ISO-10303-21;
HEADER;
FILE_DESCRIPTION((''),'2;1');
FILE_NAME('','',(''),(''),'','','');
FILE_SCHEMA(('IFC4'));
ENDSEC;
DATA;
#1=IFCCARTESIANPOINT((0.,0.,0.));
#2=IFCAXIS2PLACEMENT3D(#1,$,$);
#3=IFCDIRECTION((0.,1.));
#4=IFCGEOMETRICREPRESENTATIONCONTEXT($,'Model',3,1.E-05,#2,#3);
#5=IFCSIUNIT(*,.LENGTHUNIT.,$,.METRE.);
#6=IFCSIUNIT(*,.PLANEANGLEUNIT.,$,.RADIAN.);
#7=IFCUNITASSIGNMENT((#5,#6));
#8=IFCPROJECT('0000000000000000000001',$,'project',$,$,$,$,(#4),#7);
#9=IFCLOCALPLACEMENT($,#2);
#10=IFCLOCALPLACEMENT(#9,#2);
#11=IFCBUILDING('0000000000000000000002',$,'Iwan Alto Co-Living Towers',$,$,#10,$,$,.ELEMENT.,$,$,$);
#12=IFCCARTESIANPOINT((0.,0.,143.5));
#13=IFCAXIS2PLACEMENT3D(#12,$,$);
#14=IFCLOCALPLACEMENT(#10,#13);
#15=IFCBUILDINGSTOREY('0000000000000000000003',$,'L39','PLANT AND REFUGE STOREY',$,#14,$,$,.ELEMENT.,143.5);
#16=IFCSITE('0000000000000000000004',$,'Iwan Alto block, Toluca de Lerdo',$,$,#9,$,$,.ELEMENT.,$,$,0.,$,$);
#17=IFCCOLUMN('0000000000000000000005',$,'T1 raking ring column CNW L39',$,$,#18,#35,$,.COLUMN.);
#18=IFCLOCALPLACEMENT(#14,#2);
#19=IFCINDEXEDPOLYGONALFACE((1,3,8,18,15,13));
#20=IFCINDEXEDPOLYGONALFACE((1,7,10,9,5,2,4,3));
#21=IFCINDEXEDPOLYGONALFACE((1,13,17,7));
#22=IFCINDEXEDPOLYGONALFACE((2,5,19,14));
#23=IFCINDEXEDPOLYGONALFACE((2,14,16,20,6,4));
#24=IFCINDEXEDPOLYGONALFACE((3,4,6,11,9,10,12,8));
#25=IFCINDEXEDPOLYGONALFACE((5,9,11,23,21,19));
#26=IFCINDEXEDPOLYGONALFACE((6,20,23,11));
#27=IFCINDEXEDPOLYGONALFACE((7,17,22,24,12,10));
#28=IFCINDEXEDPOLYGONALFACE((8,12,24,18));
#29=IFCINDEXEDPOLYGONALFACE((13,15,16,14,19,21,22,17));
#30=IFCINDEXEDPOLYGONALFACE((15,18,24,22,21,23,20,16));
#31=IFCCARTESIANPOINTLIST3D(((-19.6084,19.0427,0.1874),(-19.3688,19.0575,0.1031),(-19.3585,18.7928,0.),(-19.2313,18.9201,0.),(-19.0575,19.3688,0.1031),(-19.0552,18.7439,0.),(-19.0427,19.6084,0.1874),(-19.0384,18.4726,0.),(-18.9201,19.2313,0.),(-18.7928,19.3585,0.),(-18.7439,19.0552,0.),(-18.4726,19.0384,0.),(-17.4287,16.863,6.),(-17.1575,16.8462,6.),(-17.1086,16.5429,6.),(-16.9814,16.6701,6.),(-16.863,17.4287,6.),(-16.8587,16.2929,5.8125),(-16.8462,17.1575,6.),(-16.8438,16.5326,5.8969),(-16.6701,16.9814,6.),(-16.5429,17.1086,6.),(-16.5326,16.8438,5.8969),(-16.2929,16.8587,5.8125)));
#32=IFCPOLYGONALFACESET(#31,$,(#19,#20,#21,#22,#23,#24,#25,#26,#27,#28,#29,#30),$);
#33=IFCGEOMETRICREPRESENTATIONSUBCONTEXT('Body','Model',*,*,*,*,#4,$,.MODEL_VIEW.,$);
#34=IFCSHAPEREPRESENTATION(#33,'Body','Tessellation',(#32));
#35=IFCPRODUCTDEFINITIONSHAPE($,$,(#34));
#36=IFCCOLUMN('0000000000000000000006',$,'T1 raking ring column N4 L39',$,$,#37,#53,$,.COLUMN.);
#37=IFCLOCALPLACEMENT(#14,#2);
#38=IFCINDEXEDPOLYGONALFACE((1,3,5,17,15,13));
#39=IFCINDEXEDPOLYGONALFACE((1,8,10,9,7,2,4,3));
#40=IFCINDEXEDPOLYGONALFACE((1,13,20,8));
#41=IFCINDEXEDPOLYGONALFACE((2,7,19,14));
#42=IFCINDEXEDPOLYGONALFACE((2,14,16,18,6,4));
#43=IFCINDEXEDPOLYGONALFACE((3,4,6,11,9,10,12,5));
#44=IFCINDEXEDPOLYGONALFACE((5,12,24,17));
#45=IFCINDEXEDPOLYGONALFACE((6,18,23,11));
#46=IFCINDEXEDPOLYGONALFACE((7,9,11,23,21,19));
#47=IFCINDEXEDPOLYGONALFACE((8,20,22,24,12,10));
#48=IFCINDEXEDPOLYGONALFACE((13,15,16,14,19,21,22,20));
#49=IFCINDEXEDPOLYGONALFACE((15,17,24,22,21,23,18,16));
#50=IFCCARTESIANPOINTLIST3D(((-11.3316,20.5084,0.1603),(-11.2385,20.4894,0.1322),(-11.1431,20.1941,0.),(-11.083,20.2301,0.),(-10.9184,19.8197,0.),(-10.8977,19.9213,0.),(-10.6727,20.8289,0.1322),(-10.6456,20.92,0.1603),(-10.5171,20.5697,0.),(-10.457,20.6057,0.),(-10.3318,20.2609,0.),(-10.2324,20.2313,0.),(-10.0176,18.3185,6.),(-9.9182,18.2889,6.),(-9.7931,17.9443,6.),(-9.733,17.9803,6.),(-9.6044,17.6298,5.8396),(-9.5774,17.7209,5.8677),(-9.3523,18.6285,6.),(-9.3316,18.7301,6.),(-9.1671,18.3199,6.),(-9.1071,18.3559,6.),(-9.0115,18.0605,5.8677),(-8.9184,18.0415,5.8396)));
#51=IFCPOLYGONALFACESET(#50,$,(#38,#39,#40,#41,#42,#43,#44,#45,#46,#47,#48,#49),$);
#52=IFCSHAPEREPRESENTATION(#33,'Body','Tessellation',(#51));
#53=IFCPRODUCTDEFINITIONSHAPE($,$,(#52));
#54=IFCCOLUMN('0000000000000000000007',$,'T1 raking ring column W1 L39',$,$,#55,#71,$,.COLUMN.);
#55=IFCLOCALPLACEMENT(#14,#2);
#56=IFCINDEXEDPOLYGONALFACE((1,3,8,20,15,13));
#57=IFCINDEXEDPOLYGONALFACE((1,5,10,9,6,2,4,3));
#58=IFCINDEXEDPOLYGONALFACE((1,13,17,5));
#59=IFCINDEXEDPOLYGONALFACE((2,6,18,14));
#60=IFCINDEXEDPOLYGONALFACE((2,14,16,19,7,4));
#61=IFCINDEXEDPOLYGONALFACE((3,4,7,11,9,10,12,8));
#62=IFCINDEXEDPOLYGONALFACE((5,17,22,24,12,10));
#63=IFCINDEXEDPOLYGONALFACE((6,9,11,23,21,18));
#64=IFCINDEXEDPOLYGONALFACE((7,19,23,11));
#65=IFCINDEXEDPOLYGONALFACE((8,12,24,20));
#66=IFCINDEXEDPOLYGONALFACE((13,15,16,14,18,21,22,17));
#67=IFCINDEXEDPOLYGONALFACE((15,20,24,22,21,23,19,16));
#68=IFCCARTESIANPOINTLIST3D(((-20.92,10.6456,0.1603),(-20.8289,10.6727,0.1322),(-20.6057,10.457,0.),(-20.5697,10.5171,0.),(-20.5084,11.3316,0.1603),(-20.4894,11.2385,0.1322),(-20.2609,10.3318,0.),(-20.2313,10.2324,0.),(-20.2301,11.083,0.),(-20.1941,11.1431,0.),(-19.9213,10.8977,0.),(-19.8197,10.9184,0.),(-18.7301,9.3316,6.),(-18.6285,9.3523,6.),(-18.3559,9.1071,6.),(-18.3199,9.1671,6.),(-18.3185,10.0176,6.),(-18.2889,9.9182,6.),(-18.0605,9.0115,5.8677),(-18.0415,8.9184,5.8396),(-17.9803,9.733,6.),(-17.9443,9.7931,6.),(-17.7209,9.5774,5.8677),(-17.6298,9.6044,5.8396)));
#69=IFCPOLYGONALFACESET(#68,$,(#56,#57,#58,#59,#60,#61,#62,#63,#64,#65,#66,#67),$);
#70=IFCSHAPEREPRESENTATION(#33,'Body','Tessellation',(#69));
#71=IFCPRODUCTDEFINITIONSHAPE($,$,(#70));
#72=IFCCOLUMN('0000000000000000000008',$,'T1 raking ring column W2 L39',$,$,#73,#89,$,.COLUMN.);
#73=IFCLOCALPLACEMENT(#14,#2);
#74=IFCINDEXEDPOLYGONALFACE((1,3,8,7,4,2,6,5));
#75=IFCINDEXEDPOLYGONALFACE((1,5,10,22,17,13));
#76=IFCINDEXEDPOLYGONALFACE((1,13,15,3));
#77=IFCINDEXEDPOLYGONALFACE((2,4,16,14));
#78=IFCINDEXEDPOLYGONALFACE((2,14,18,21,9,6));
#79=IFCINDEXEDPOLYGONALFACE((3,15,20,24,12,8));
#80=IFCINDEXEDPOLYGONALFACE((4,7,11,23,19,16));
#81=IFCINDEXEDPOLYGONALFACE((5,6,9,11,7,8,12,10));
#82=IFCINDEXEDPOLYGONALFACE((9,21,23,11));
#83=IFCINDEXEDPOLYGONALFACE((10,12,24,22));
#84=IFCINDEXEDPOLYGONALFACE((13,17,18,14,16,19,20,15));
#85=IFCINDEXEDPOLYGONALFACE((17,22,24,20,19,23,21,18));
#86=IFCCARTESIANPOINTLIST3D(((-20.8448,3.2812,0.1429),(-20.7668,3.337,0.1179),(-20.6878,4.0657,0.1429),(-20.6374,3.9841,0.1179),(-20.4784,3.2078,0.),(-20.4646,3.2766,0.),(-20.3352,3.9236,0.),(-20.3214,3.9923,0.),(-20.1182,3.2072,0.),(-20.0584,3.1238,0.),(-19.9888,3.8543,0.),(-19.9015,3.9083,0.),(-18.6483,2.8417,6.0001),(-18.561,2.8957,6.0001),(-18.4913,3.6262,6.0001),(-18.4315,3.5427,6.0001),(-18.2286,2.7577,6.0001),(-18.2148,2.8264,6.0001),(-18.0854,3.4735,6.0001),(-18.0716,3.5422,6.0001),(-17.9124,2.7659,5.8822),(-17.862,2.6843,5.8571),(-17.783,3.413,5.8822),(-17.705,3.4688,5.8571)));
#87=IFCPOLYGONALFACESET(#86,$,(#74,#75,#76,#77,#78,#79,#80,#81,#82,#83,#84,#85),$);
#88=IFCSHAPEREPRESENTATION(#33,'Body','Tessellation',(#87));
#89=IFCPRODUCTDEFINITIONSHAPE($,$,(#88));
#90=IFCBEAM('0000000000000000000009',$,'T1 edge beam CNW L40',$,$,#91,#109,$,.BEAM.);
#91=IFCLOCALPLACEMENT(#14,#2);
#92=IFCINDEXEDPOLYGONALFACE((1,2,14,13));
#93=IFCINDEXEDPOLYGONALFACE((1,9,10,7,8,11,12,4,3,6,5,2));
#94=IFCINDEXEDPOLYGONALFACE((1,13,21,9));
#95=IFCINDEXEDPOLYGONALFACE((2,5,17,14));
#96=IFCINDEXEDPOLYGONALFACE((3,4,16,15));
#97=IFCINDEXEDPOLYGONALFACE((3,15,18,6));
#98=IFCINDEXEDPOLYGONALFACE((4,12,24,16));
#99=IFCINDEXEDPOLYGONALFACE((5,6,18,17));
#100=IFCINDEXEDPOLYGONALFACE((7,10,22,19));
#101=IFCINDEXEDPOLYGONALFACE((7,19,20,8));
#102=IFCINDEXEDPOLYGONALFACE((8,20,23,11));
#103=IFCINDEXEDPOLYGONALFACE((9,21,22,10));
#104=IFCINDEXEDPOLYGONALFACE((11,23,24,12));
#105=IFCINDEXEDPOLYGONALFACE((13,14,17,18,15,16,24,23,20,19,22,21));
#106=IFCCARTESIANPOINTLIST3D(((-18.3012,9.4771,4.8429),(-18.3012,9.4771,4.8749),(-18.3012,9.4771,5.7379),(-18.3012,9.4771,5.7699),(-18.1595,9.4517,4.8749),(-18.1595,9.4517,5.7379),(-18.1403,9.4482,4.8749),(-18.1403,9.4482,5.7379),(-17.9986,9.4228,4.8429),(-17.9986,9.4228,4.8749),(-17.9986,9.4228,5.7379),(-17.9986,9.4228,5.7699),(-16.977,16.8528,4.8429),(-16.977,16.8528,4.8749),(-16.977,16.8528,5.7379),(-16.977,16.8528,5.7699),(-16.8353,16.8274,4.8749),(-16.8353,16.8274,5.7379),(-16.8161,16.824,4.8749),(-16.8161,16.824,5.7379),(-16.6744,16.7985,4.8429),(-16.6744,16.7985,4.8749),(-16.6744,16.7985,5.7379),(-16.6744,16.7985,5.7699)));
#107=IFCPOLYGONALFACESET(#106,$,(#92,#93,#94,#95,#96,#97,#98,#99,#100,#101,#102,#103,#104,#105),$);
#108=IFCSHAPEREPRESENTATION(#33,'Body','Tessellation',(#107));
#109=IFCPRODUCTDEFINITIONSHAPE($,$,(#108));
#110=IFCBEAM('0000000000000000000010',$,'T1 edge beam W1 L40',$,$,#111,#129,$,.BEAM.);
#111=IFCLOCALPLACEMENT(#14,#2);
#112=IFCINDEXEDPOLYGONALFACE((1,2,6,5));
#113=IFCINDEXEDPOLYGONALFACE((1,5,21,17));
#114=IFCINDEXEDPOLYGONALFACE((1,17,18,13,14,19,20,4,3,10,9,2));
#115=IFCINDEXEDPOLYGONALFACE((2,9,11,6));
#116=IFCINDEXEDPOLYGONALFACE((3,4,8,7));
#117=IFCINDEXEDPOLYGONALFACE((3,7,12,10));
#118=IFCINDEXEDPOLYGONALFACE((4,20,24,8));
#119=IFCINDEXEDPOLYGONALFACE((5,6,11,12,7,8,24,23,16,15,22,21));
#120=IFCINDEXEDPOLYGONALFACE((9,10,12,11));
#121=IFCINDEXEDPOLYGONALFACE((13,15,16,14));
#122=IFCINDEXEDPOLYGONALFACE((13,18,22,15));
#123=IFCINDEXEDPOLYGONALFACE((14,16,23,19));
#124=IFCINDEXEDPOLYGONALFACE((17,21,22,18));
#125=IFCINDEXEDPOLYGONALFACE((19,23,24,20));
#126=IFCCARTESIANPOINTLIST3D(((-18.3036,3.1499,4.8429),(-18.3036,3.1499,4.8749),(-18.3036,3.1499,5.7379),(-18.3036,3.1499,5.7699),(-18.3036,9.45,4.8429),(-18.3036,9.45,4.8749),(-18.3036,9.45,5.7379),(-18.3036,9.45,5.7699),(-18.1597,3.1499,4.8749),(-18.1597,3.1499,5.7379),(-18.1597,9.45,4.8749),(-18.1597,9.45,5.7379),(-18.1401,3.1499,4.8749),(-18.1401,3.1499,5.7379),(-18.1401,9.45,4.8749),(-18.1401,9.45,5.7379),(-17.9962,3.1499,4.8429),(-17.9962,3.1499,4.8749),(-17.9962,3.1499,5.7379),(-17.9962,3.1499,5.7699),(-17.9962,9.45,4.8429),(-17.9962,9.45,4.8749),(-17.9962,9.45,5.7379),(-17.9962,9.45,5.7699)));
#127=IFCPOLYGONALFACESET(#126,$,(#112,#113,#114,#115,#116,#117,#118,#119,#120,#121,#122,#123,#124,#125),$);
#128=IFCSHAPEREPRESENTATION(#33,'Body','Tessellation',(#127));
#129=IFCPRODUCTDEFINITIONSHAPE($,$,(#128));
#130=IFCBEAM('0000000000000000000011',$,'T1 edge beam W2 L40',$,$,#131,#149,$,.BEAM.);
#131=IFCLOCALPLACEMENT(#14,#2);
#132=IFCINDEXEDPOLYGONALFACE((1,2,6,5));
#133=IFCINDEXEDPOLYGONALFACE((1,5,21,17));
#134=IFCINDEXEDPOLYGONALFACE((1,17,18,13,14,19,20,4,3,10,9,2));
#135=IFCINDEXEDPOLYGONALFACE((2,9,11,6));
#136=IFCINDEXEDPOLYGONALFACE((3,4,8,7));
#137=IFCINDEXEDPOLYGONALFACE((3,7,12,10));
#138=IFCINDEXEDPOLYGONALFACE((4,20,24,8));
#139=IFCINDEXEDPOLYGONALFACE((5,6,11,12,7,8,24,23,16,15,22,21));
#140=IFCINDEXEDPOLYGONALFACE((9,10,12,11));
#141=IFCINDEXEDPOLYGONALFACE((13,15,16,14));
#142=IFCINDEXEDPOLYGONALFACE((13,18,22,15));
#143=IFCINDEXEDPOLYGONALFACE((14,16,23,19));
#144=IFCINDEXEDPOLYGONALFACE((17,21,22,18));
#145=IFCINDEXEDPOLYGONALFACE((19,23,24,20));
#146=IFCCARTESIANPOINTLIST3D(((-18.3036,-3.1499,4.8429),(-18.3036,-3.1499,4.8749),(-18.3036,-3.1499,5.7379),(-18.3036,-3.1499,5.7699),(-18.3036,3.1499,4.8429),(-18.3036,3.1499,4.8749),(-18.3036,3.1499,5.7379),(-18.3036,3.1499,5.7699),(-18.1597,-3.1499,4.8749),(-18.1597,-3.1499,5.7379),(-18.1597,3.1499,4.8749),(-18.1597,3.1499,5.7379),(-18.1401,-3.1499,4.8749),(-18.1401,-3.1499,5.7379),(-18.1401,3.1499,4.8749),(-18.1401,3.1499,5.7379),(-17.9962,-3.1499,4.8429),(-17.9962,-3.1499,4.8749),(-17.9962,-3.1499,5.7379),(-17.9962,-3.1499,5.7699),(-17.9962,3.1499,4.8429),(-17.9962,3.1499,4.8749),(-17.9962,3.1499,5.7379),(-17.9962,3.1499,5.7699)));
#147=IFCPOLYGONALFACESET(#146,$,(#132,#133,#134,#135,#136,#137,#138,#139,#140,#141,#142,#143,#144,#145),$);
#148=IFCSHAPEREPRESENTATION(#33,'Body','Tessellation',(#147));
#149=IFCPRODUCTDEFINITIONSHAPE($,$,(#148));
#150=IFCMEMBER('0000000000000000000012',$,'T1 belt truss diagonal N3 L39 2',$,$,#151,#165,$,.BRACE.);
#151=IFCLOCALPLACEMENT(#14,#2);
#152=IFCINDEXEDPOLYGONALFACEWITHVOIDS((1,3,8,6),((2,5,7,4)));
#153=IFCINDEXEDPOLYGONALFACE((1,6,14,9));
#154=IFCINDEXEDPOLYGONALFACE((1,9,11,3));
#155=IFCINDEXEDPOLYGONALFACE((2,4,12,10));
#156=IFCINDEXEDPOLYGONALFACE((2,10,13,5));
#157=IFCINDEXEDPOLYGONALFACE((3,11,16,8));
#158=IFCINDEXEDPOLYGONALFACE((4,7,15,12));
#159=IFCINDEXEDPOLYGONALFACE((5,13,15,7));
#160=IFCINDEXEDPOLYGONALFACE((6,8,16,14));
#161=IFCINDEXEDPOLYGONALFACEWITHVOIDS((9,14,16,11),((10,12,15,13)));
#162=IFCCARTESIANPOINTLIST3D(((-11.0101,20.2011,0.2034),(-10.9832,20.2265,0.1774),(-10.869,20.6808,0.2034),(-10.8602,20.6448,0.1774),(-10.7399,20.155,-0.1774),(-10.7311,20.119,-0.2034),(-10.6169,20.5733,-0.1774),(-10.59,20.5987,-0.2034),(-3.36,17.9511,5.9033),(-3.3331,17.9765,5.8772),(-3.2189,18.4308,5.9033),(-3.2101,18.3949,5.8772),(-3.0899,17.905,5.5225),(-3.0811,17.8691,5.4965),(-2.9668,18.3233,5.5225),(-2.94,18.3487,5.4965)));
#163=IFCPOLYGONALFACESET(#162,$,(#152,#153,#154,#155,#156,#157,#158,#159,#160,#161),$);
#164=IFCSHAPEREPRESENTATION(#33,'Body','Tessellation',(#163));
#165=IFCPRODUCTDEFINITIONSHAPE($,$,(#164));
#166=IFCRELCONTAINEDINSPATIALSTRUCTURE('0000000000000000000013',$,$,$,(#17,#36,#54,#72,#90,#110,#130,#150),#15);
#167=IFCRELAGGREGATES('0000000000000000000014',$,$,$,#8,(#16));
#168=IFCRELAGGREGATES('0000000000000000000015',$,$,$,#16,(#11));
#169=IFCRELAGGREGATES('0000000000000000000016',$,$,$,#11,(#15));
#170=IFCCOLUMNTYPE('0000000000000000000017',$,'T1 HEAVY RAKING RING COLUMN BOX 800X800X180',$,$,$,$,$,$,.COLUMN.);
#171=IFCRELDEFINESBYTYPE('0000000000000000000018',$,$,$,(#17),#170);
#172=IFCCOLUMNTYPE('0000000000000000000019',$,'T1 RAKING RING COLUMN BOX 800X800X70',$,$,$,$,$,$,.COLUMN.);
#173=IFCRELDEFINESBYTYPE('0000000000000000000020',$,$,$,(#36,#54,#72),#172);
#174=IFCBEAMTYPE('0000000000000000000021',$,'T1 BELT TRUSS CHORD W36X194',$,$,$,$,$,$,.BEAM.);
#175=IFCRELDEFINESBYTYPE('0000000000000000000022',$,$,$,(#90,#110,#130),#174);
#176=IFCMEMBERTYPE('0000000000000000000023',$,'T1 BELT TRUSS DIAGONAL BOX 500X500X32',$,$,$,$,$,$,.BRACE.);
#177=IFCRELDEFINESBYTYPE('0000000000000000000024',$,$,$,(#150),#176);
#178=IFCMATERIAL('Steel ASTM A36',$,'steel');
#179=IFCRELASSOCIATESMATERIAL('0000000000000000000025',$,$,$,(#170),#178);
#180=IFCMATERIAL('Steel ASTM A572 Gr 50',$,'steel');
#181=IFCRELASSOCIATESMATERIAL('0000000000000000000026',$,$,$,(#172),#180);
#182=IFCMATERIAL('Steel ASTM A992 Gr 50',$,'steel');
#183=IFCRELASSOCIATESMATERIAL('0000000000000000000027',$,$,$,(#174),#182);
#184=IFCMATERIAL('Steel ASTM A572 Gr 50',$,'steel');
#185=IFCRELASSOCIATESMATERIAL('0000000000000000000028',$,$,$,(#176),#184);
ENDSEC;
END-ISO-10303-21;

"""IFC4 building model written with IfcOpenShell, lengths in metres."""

from ifc_helpers import new_model, si_unit, direction, frame, origin, origin_2d, place, context, subcontext, project, spatial, hollow_rectangle, i_section, extrude, clip, halfspace, material, material_profile, profile_set, type_object, element, save


model = new_model("IFC4")

# Units and contexts
model_context = context("Model", 3, precision=1e-05, world=origin(), true_north=direction((0.0, 1.0)))
body_context = subcontext(model_context, "Body", "Model", "MODEL_VIEW")
ifc_project = project(units=[si_unit("LENGTHUNIT", "METRE"), si_unit("PLANEANGLEUNIT", "RADIAN")], contexts=[model_context])

# Site, building, storey
site_placement = place(None, origin())
site = spatial("IfcSite", under=ifc_project, at=site_placement, Name="Iwan Alto block, Toluca de Lerdo", CompositionType="ELEMENT", RefElevation=0.0)
building_placement = place(site_placement, origin())
building = spatial("IfcBuilding", under=site, at=building_placement, Name="Iwan Alto Co-Living Towers", CompositionType="ELEMENT")
storey_placement = place(building_placement, frame((0.0, 0.0, 143.5)))
storey = spatial("IfcBuildingStorey", under=building, at=storey_placement, Name="L39", Description="PLANT AND REFUGE STOREY", CompositionType="ELEMENT", Elevation=143.5)

# Columns
ifc_material_1 = material(Name="Steel ASTM A36", Category="steel")
ifc_material_profile_1 = material_profile(ifc_material_1, hollow_rectangle(XDim=0.8, YDim=0.8, WallThickness=0.1799, at=origin_2d()), Name="BOX 800X800X180")
ifc_profile_set_1 = profile_set([ifc_material_profile_1], Name="Steel ASTM A36")
column_type_1 = type_object("IfcColumnType", Name="T1 HEAVY RAKING RING COLUMN BOX 800X800X180", PredefinedType="COLUMN", material=ifc_profile_set_1)
column_1_placement = place(storey_placement, frame((-19.0757, 19.0757, 0.0), z_axis=(0.331295, -0.331295, 0.883452), x_axis=(0.707107, 0.707107, 0.0)))
element("IfcColumn", 1, at=column_1_placement, inside=storey, type_object=column_type_1, Name="T1 raking ring column CNW L39", PredefinedType="COLUMN", context=body_context, shape_type="Clipping", body=[
    clip(clip(extrude(hollow_rectangle(XDim=0.8, YDim=0.8, WallThickness=0.1799, at=origin_2d()), origin(), (0.0, 0.0, 1.0), 6.7915), halfspace(frame((0.0, 0.0, 0.0), z_axis=(0.0, -0.468521, -0.883452), x_axis=(0.707107, -0.624695, 0.331295)), False)), halfspace(frame((0.0, 2.811, 5.3008), z_axis=(0.0, 0.468521, 0.883452), x_axis=(0.707107, -0.624695, 0.331295)), False)),
])
ifc_material_2 = material(Name="Steel ASTM A572 Gr 50", Category="steel")
ifc_material_profile_2 = material_profile(ifc_material_2, hollow_rectangle(XDim=0.8, YDim=0.8, WallThickness=0.0701, at=origin_2d()), Name="BOX 800X800X70")
ifc_profile_set_2 = profile_set([ifc_material_profile_2], Name="Steel ASTM A572 Gr 50")
column_type_2 = type_object("IfcColumnType", Name="T1 RAKING RING COLUMN BOX 800X800X70", PredefinedType="COLUMN", material=ifc_profile_set_2)
column_2_placement = place(storey_placement, frame((-10.8, 20.3999, 0.0), z_axis=(0.206163, -0.34358, 0.916215), x_axis=(0.857477, 0.514523, 0.0)))
element("IfcColumn", 2, at=column_2_placement, inside=storey, type_object=column_type_2, Name="T1 raking ring column N4 L39", PredefinedType="COLUMN", context=body_context, shape_type="Clipping", body=[
    clip(clip(extrude(hollow_rectangle(XDim=0.8, YDim=0.8, WallThickness=0.0701, at=origin_2d()), origin(), (0.0, 0.0, 1.0), 6.5486), halfspace(frame((0.0, 0.0, 0.0), z_axis=(0.0, -0.400688, -0.916215), x_axis=(0.857477, -0.471414, 0.206163)), False)), halfspace(frame((0.0, 2.4041, 5.4973), z_axis=(0.0, 0.400688, 0.916215), x_axis=(0.857477, -0.471414, 0.206163)), False)),
])
column_3_placement = place(storey_placement, frame((-20.3999, 10.8, 0.0), z_axis=(0.34358, -0.206163, 0.916215), x_axis=(0.514523, 0.857477, 0.0)))
element("IfcColumn", 3, at=column_3_placement, inside=storey, type_object=column_type_2, Name="T1 raking ring column W1 L39", PredefinedType="COLUMN", context=body_context, shape_type="Clipping", body=[
    clip(clip(extrude(hollow_rectangle(XDim=0.8, YDim=0.8, WallThickness=0.0701, at=origin_2d()), origin(), (0.0, 0.0, 1.0), 6.5486), halfspace(frame((0.0, 0.0, 0.0), z_axis=(0.0, -0.400688, -0.916215), x_axis=(0.514523, -0.785632, 0.34358)), False)), halfspace(frame((0.0, 2.4041, 5.4973), z_axis=(0.0, 0.400688, 0.916215), x_axis=(0.514523, -0.785632, 0.34358)), False)),
])
column_4_placement = place(storey_placement, frame((-20.3999, 3.6001, 0.0), z_axis=(0.35026, -0.070082, 0.934027), x_axis=(0.196198, 0.980564, 0.0)))
element("IfcColumn", 4, at=column_4_placement, inside=storey, type_object=column_type_2, Name="T1 raking ring column W2 L39", PredefinedType="COLUMN", context=body_context, shape_type="Clipping", body=[
    clip(clip(extrude(hollow_rectangle(XDim=0.8, YDim=0.8, WallThickness=0.0701, at=origin_2d()), origin(), (0.0, 0.0, 1.0), 6.4238), halfspace(frame((0.0, 0.0, 0.0), z_axis=(0.0, -0.357203, -0.934027), x_axis=(0.196198, -0.915873, 0.35026)), False)), halfspace(frame((0.0, 2.1433, 5.6042), z_axis=(0.0, 0.357203, 0.934027), x_axis=(0.196198, -0.915873, 0.35026)), False)),
])

# Beams
ifc_material_3 = material(Name="Steel ASTM A992 Gr 50", Category="steel")
ifc_material_profile_3 = material_profile(ifc_material_3, i_section(OverallWidth=0.3074, OverallDepth=0.927, WebThickness=0.0195, FlangeThickness=0.032, at=origin_2d()), Name="W36X194")
ifc_profile_set_3 = profile_set([ifc_material_profile_3], Name="Steel ASTM A992 Gr 50")
beam_type_1 = type_object("IfcBeamType", Name="T1 BELT TRUSS CHORD W36X194", PredefinedType="BEAM", material=ifc_profile_set_3)
beam_1_placement = place(storey_placement, frame((-16.8257, 16.8257, 5.3064), z_axis=(-0.176712, -0.984263, 0.0), x_axis=(0.984263, -0.176712, 0.0)))
element("IfcBeam", 5, at=beam_1_placement, inside=storey, type_object=beam_type_1, Name="T1 edge beam CNW L40", PredefinedType="BEAM", context=body_context, shape_type="SweptSolid", body=[
    extrude(i_section(OverallWidth=0.3074, OverallDepth=0.927, WebThickness=0.0195, FlangeThickness=0.032, at=origin_2d()), origin(), (0.0, 0.0, 1.0), 7.4937),
])
beam_2_placement = place(storey_placement, frame((-18.1499, 9.45, 5.3064), z_axis=(0.0, -1.0, 0.0), x_axis=(1.0, 0.0, 0.0)))
element("IfcBeam", 6, at=beam_2_placement, inside=storey, type_object=beam_type_1, Name="T1 edge beam W1 L40", PredefinedType="BEAM", context=body_context, shape_type="SweptSolid", body=[
    extrude(i_section(OverallWidth=0.3074, OverallDepth=0.927, WebThickness=0.0195, FlangeThickness=0.032, at=origin_2d()), origin(), (0.0, 0.0, 1.0), 6.3),
])
beam_3_placement = place(storey_placement, frame((-18.1499, 3.1499, 5.3064), z_axis=(0.0, -1.0, 0.0), x_axis=(1.0, 0.0, 0.0)))
element("IfcBeam", 7, at=beam_3_placement, inside=storey, type_object=beam_type_1, Name="T1 edge beam W2 L40", PredefinedType="BEAM", context=body_context, shape_type="SweptSolid", body=[
    extrude(i_section(OverallWidth=0.3074, OverallDepth=0.927, WebThickness=0.0195, FlangeThickness=0.032, at=origin_2d()), origin(), (0.0, 0.0, 1.0), 6.2998),
])

# Member
ifc_material_4 = material(Name="Steel ASTM A572 Gr 50", Category="steel")
ifc_material_profile_4 = material_profile(ifc_material_4, hollow_rectangle(XDim=0.5, YDim=0.5, WallThickness=0.032, at=origin_2d()), Name="BOX 500X500X32")
ifc_profile_set_4 = profile_set([ifc_material_profile_4], Name="Steel ASTM A572 Gr 50")
member_type_1 = type_object("IfcMemberType", Name="T1 BELT TRUSS DIAGONAL BOX 500X500X32", PredefinedType="BRACE", material=ifc_profile_set_4)
member_1_placement = place(storey_placement, frame((-10.8, 20.3999, 0.0), z_axis=(0.780478, -0.229548, 0.581517), x_axis=(0.282161, 0.959367, 0.0)))
element("IfcMember", 8, at=member_1_placement, inside=storey, type_object=member_type_1, Name="T1 belt truss diagonal N3 L39 2", PredefinedType="BRACE", context=body_context, shape_type="SweptSolid", body=[
    extrude(hollow_rectangle(XDim=0.5, YDim=0.5, WallThickness=0.032, at=origin_2d()), origin(), (0.0, 0.0, 1.0), 9.8018),
])

save(model, "model.ifc")
